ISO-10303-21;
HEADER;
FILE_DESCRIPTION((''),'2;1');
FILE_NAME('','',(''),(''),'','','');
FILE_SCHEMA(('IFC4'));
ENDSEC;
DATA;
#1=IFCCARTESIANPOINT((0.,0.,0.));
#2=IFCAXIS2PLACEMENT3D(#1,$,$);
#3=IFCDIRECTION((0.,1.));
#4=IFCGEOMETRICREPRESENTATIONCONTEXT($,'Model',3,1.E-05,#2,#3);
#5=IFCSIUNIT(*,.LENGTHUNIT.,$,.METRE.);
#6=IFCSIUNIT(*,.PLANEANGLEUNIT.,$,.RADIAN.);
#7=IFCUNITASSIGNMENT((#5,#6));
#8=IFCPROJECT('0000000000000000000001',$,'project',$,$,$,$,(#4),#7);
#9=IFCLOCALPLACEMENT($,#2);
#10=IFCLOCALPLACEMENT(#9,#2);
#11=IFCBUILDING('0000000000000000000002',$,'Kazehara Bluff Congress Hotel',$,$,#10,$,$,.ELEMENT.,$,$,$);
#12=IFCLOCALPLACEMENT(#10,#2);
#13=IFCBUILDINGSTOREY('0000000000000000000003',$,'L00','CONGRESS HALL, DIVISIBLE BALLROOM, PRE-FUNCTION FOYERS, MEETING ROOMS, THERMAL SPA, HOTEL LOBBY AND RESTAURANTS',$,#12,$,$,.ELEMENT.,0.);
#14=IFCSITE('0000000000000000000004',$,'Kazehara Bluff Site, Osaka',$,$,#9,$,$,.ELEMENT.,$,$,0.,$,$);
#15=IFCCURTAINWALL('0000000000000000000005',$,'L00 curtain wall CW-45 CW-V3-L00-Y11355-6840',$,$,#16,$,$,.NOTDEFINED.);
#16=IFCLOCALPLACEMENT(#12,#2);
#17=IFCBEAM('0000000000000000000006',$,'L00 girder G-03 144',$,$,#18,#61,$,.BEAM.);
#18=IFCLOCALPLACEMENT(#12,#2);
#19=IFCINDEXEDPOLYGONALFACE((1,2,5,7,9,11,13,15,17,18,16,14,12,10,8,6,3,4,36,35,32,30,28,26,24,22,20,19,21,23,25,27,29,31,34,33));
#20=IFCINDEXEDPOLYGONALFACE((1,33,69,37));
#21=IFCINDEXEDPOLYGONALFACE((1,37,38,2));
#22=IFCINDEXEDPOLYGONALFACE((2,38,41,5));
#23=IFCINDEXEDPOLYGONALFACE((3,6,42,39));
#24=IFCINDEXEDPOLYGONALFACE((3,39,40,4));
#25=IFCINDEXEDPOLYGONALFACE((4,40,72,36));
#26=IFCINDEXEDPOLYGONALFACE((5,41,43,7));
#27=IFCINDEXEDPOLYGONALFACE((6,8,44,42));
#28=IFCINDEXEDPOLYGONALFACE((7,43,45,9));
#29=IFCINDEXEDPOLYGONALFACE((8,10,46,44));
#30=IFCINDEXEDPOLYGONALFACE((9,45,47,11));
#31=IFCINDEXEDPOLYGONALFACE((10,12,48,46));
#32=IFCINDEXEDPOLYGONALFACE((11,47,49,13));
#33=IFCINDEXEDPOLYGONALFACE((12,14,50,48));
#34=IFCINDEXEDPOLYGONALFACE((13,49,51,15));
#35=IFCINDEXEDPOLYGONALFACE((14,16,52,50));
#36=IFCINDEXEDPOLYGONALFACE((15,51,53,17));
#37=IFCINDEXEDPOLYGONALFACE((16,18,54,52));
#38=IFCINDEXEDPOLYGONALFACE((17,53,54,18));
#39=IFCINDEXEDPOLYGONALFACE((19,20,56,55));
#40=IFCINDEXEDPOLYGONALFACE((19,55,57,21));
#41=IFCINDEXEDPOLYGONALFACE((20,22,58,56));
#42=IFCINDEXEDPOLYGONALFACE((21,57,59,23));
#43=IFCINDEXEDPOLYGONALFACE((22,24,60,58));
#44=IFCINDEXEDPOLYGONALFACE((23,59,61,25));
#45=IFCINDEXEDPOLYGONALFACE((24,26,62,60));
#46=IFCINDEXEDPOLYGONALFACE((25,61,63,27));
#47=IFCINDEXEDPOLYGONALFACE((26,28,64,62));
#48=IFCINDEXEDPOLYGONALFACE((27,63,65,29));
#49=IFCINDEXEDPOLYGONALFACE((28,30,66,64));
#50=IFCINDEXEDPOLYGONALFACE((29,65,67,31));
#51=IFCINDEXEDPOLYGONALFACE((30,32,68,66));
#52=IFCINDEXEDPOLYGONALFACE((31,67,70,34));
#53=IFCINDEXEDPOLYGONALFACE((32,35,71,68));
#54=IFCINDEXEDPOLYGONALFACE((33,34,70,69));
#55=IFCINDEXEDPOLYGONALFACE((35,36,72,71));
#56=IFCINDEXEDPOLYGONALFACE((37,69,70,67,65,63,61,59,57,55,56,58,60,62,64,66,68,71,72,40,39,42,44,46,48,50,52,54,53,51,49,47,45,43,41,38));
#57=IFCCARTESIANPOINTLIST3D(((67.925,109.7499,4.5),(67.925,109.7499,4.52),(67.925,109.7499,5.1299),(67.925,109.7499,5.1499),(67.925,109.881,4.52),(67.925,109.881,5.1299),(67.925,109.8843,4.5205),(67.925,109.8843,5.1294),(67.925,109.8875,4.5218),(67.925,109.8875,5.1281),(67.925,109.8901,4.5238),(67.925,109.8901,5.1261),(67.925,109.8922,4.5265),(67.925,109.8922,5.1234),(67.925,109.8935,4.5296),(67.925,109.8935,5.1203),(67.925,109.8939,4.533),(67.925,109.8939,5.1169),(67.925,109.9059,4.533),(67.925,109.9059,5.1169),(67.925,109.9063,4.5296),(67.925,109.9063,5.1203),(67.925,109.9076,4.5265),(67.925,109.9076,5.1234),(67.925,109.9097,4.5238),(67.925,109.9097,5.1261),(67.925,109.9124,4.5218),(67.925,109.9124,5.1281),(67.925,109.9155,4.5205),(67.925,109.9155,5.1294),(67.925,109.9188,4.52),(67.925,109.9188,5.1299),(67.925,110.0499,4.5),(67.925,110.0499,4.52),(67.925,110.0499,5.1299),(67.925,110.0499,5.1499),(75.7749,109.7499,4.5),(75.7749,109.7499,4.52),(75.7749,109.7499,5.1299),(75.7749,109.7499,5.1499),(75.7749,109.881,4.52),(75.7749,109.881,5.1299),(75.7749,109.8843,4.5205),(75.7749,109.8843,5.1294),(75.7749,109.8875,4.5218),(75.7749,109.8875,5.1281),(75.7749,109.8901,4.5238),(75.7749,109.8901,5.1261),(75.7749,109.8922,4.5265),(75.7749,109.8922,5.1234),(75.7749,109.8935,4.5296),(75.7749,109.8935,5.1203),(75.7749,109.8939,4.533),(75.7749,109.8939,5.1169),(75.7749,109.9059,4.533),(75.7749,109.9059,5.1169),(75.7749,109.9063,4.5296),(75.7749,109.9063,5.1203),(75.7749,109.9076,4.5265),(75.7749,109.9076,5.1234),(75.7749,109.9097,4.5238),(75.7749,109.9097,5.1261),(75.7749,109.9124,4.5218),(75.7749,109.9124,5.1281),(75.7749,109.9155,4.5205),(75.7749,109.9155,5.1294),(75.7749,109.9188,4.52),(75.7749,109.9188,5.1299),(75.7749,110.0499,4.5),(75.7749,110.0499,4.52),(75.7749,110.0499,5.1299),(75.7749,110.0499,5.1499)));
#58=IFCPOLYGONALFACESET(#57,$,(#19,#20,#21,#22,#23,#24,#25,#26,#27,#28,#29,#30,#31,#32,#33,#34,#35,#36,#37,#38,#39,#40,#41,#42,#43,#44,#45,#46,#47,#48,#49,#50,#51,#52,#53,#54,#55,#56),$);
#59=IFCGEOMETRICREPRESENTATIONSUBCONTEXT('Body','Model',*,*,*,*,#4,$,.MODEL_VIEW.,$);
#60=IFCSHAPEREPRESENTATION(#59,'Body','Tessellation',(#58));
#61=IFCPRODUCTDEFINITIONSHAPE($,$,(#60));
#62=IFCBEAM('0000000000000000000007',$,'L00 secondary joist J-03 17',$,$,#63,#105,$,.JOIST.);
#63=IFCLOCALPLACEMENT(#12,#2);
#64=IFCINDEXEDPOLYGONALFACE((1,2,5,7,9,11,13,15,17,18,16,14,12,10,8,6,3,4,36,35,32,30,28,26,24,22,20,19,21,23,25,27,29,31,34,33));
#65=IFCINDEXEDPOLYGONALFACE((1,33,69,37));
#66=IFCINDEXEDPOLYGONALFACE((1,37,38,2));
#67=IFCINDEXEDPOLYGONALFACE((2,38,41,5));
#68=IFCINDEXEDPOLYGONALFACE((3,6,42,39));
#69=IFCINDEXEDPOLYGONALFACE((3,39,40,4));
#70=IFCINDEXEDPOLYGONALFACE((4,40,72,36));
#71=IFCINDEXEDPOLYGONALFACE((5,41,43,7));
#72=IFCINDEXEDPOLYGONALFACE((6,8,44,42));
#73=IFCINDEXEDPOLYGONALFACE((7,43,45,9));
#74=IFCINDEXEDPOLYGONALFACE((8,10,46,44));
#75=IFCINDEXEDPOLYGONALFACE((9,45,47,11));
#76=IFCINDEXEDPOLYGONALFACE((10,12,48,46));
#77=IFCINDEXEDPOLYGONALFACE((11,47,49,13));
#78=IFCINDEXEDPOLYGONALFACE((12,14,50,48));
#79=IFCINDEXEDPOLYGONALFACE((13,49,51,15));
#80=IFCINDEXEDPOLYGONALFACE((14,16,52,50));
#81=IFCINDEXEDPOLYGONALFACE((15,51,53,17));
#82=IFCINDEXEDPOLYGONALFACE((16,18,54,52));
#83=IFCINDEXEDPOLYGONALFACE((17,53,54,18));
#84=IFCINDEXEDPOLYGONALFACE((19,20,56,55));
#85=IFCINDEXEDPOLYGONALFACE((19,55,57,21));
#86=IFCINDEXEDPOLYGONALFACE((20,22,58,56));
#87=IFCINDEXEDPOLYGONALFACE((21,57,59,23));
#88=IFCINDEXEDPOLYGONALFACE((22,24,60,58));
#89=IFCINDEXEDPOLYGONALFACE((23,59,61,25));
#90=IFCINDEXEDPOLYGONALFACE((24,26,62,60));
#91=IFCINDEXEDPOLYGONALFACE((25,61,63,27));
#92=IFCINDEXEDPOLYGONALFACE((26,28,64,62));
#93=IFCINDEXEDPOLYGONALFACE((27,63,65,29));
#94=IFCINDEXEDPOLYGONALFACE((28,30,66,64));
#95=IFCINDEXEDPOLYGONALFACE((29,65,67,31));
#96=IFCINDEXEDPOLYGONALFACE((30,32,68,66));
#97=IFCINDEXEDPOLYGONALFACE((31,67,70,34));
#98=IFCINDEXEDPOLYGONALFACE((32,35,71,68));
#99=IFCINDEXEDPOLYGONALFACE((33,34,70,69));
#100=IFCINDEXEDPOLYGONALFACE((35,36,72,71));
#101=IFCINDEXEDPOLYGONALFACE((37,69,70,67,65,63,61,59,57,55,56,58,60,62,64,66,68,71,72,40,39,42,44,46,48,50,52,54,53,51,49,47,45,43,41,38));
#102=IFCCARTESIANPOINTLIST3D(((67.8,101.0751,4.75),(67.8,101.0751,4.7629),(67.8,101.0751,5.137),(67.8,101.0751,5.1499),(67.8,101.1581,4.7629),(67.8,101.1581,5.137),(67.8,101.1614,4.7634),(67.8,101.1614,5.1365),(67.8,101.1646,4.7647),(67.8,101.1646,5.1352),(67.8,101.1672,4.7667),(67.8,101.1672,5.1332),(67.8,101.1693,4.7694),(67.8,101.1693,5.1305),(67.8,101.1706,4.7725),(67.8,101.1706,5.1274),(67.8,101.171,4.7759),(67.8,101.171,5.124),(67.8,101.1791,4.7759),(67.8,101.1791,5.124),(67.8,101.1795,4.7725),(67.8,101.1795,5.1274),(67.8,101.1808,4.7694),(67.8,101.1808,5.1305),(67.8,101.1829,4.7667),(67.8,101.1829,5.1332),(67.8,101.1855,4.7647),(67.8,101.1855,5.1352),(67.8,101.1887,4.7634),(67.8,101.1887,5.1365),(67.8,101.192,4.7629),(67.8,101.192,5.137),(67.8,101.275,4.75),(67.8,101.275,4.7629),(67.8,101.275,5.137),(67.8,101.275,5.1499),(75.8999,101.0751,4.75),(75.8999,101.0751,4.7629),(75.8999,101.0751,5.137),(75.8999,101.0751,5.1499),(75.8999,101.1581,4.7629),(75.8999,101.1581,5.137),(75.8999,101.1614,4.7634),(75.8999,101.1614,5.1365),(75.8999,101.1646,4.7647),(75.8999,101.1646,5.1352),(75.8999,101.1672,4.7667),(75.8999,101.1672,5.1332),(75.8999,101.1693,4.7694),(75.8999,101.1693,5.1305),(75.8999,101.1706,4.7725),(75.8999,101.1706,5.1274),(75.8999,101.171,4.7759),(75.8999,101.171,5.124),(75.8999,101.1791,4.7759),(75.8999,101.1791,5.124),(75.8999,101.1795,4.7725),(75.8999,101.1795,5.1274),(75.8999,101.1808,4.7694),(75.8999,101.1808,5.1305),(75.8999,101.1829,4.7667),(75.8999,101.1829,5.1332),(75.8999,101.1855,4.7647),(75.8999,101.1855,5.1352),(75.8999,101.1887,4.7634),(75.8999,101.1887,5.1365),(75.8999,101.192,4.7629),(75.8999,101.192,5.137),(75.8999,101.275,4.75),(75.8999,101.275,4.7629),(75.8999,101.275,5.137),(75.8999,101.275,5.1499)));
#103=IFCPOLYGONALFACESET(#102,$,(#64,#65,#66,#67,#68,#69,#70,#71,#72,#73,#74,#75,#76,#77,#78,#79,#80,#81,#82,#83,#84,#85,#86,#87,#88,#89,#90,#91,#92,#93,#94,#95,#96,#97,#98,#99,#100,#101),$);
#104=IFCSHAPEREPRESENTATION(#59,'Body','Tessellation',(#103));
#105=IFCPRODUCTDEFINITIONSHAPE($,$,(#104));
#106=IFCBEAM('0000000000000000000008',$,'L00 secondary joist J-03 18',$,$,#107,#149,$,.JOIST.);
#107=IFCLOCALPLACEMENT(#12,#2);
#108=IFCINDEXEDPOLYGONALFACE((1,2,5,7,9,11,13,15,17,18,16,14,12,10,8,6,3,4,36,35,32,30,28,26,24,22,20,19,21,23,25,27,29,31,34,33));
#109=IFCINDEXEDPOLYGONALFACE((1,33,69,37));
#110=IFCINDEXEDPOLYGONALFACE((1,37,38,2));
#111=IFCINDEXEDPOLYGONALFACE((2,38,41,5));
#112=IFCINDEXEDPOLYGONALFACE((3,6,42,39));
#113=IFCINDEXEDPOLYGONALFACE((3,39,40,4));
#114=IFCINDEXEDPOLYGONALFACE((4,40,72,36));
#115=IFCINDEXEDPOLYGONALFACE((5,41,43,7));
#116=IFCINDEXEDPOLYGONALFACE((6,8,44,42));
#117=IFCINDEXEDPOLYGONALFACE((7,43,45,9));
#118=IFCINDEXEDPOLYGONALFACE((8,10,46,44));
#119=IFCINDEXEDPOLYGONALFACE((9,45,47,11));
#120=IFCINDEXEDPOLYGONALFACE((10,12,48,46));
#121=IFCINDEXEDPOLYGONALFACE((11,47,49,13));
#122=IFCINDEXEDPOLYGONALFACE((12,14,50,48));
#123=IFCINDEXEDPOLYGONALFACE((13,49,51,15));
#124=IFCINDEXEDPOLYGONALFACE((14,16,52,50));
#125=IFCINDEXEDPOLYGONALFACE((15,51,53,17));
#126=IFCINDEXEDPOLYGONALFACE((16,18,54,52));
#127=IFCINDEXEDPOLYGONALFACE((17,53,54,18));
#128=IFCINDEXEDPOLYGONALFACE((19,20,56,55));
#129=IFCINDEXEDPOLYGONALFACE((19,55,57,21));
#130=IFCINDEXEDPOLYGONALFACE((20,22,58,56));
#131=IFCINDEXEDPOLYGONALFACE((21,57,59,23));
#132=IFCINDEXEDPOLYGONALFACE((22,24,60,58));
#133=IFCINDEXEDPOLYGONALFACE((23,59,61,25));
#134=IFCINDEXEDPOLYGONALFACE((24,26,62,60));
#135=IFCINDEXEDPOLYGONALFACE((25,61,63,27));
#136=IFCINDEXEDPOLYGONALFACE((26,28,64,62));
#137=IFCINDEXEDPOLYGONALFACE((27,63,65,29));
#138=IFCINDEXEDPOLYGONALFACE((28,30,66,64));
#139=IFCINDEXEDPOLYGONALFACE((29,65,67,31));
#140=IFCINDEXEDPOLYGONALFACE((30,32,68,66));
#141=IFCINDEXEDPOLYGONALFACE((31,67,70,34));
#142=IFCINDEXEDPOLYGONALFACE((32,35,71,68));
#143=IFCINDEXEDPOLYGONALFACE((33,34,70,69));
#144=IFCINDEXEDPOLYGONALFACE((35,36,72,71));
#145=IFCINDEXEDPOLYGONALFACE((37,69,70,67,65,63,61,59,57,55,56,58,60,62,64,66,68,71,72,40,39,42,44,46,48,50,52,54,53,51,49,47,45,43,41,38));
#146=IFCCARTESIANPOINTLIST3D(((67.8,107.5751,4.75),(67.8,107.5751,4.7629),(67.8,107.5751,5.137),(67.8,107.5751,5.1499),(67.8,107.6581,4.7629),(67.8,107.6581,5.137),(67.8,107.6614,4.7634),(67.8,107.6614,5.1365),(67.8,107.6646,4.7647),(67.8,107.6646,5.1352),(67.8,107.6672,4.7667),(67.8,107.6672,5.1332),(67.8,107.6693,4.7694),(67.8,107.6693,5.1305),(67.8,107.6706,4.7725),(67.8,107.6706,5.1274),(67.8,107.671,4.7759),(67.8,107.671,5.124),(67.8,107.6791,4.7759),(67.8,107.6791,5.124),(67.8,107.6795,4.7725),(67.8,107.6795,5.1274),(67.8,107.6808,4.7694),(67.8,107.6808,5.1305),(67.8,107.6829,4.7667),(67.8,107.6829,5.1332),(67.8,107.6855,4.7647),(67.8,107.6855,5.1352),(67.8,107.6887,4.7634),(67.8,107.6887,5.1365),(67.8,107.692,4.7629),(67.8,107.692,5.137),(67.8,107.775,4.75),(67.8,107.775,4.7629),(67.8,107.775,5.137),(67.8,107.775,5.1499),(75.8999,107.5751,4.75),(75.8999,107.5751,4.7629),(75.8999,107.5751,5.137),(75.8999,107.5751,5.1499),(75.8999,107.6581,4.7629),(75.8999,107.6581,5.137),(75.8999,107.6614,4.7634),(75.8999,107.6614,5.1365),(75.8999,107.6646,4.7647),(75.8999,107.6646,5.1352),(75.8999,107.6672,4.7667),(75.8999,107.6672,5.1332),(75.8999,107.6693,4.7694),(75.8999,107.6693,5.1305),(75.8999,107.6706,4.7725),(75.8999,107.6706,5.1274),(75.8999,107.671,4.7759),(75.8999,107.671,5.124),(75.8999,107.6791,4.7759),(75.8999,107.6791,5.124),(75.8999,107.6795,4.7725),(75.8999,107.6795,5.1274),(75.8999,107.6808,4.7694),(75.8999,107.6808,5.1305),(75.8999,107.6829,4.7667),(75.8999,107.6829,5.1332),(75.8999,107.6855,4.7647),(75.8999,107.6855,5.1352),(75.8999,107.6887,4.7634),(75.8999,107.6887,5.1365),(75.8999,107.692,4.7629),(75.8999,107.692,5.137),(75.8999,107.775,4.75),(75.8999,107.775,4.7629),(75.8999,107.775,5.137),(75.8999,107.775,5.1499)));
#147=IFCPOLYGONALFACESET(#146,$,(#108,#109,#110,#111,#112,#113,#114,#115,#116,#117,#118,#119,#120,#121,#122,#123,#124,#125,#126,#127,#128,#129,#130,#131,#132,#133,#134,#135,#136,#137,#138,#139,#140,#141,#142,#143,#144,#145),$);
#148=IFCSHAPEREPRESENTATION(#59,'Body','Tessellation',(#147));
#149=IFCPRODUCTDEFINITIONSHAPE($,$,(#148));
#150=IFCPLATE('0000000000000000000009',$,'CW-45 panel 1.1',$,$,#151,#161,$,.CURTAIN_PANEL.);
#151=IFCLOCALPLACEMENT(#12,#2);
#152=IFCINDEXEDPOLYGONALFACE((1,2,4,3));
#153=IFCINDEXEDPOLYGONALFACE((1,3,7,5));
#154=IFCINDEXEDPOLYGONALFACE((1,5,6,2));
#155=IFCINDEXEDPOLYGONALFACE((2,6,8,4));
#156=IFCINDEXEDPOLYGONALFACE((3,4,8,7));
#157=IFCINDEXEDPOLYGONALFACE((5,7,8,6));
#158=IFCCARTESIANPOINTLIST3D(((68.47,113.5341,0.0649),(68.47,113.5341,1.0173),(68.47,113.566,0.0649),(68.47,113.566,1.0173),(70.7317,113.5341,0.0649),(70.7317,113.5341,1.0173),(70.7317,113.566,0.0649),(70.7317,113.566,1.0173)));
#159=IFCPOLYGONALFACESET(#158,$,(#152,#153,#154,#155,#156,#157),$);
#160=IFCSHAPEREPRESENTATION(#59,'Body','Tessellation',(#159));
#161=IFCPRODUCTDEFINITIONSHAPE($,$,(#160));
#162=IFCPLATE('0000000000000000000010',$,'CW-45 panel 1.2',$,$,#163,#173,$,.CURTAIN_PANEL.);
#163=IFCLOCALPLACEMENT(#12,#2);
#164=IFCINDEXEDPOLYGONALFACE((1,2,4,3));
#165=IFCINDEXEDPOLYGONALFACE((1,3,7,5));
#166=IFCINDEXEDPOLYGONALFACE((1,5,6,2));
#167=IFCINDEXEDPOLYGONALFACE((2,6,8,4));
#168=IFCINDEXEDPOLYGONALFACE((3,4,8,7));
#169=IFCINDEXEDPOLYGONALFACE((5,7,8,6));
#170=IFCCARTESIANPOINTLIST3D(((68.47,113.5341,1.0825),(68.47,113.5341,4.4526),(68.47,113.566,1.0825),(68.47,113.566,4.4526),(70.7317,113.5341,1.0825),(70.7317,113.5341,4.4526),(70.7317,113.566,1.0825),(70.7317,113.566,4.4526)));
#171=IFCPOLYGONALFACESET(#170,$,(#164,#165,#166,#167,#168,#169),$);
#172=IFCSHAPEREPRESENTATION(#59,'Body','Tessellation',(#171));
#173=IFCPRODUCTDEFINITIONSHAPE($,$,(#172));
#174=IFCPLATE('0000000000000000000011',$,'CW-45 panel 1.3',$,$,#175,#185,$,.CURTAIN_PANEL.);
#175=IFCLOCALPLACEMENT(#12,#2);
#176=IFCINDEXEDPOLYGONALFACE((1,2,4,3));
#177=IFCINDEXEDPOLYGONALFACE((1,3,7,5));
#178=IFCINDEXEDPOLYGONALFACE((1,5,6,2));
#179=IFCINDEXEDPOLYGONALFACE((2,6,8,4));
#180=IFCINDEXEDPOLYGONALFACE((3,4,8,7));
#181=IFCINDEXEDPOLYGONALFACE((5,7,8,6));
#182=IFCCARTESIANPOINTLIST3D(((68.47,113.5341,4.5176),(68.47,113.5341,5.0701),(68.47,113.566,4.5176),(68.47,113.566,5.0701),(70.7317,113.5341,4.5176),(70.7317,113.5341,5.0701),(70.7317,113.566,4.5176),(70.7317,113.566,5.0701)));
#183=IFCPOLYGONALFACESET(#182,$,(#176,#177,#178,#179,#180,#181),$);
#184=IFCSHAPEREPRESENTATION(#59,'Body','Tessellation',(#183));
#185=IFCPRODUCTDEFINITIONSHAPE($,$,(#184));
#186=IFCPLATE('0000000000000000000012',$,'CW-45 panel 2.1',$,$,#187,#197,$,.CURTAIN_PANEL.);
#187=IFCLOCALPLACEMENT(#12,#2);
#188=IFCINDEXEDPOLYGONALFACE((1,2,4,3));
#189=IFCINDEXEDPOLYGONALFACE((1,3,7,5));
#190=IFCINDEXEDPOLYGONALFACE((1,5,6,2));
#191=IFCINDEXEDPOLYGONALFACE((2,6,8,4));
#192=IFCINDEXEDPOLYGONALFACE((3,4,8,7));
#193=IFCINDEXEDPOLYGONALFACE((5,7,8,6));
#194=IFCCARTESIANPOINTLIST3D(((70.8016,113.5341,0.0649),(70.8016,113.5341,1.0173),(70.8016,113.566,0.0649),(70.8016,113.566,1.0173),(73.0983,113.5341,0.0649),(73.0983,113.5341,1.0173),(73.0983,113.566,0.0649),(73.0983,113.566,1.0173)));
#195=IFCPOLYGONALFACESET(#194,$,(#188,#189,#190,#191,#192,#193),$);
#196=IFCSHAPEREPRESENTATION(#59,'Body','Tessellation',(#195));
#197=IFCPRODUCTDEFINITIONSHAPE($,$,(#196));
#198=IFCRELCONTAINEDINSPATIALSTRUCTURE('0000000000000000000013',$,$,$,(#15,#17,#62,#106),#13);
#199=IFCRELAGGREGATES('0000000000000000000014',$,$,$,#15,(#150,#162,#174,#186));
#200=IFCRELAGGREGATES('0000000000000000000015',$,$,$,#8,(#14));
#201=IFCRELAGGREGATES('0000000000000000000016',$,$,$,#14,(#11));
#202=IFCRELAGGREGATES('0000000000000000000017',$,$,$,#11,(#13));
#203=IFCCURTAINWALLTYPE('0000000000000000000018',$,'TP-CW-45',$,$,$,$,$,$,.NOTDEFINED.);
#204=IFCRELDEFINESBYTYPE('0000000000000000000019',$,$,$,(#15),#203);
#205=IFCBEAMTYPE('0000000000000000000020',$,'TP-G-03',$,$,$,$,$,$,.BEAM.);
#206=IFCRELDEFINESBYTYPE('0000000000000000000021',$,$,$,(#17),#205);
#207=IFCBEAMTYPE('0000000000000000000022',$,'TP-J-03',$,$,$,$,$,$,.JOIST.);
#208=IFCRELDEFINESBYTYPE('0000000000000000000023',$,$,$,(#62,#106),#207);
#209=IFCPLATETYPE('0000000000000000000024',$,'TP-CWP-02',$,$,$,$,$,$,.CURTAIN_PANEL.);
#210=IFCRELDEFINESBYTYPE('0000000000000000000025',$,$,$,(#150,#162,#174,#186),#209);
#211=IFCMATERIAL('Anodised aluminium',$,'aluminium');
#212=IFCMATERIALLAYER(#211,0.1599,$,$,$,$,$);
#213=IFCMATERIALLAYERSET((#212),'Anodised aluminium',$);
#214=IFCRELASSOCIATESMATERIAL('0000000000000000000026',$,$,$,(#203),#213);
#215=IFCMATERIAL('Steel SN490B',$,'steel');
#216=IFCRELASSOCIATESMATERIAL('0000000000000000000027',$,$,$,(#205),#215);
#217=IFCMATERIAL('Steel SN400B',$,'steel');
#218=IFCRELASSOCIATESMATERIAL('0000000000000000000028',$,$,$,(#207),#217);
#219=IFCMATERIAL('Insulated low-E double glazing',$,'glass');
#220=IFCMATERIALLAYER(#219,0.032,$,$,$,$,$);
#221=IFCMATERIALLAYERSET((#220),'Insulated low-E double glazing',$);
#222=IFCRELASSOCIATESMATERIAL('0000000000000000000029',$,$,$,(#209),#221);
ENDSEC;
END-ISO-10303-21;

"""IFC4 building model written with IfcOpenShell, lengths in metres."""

from ifc_helpers import new_model, si_unit, direction, frame, origin, origin_2d, place, context, subcontext, project, spatial, rectangle, i_section, extrude, material, layer, layer_set, material_profile, profile_set, type_object, element, aggregate, save


model = new_model("IFC4")

# Units and contexts
model_context = context("Model", 3, precision=1e-05, world=origin(), true_north=direction((0.0, 1.0)))
body_context = subcontext(model_context, "Body", "Model", "MODEL_VIEW")
ifc_project = project(units=[si_unit("LENGTHUNIT", "METRE"), si_unit("PLANEANGLEUNIT", "RADIAN")], contexts=[model_context])

# Site, building, storey
site_placement = place(None, origin())
site = spatial("IfcSite", under=ifc_project, at=site_placement, Name="Kazehara Bluff Site, Osaka", CompositionType="ELEMENT", RefElevation=0.0)
building_placement = place(site_placement, origin())
building = spatial("IfcBuilding", under=site, at=building_placement, Name="Kazehara Bluff Congress Hotel", CompositionType="ELEMENT")
storey_placement = place(building_placement, origin())
storey = spatial("IfcBuildingStorey", under=building, at=storey_placement, Name="L00", Description="CONGRESS HALL, DIVISIBLE BALLROOM, PRE-FUNCTION FOYERS, MEETING ROOMS, THERMAL SPA, HOTEL LOBBY AND RESTAURANTS", CompositionType="ELEMENT", Elevation=0.0)

# Curtain wall
ifc_material_1 = material(Name="Anodised aluminium", Category="aluminium")
ifc_layer_1 = layer(ifc_material_1, 0.1599)
ifc_layer_set_1 = layer_set([ifc_layer_1], Name="Anodised aluminium")
curtain_wall_type = type_object("IfcCurtainWallType", Name="TP-CW-45", PredefinedType="NOTDEFINED", material=ifc_layer_set_1)
curtain_wall_placement = place(storey_placement, origin())
curtain_wall = element("IfcCurtainWall", 1, at=curtain_wall_placement, inside=storey, type_object=curtain_wall_type, Name="L00 curtain wall CW-45 CW-V3-L00-Y11355-6840", PredefinedType="NOTDEFINED")

# Beams
ifc_material_2 = material(Name="Steel SN490B", Category="steel")
ifc_material_profile_1 = material_profile(ifc_material_2, i_section(OverallWidth=0.3, OverallDepth=0.6499, WebThickness=0.012, FlangeThickness=0.02, FilletRadius=0.0129, at=origin_2d()))
ifc_profile_set_1 = profile_set([ifc_material_profile_1], Name="Steel SN490B")
beam_type_1 = type_object("IfcBeamType", Name="TP-G-03", PredefinedType="BEAM", material=ifc_profile_set_1)
for number, where, z_axis, x_axis, name in (
    (2, (67.925, 109.8999, 4.825), (1.0, 0.0, 0.0), (0.0, 1.0, 0.0), "L00 girder G-03 144"),
):
    element("IfcBeam", number, at=place(storey_placement, frame(where, z_axis=z_axis, x_axis=x_axis)), inside=storey, type_object=beam_type_1, Name=name, PredefinedType="BEAM", context=body_context, shape_type="SweptSolid", body=[
        extrude(i_section(OverallWidth=0.3, OverallDepth=0.6499, WebThickness=0.012, FlangeThickness=0.02, FilletRadius=0.0129, at=origin_2d()), origin(), (0.0, 0.0, 1.0), 7.8499),
    ])
ifc_material_3 = material(Name="Steel SN400B", Category="steel")
ifc_material_profile_2 = material_profile(ifc_material_3, i_section(OverallWidth=0.2, OverallDepth=0.3999, WebThickness=0.0081, FlangeThickness=0.0129, FilletRadius=0.0129, at=origin_2d()))
ifc_profile_set_2 = profile_set([ifc_material_profile_2], Name="Steel SN400B")
beam_type_2 = type_object("IfcBeamType", Name="TP-J-03", PredefinedType="JOIST", material=ifc_profile_set_2)
for number, where, z_axis, x_axis, name in (
    (3, (67.8, 101.175, 4.95), (1.0, 0.0, 0.0), (0.0, 1.0, 0.0), "L00 secondary joist J-03 17"),
    (4, (67.8, 107.675, 4.95), (1.0, 0.0, 0.0), (0.0, 1.0, 0.0), "L00 secondary joist J-03 18"),
):
    element("IfcBeam", number, at=place(storey_placement, frame(where, z_axis=z_axis, x_axis=x_axis)), inside=storey, type_object=beam_type_2, Name=name, PredefinedType="JOIST", context=body_context, shape_type="SweptSolid", body=[
        extrude(i_section(OverallWidth=0.2, OverallDepth=0.3999, WebThickness=0.0081, FlangeThickness=0.0129, FilletRadius=0.0129, at=origin_2d()), origin(), (0.0, 0.0, 1.0), 8.0999),
    ])

# Plates
ifc_material_4 = material(Name="Insulated low-E double glazing", Category="glass")
ifc_layer_2 = layer(ifc_material_4, 0.032)
ifc_layer_set_2 = layer_set([ifc_layer_2], Name="Insulated low-E double glazing")
plate_type = type_object("IfcPlateType", Name="TP-CWP-02", PredefinedType="CURTAIN_PANEL", material=ifc_layer_set_2)
plate_1_placement = place(storey_placement, frame((69.6008, 113.55, 0.0649), z_axis=(0.0, 0.0, 1.0), x_axis=(1.0, 0.0, 0.0)))
plate_1 = element("IfcPlate", 5, at=plate_1_placement, type_object=plate_type, Name="CW-45 panel 1.1", PredefinedType="CURTAIN_PANEL", context=body_context, shape_type="SweptSolid", body=[
    extrude(rectangle(XDim=2.2617, YDim=0.032, at=origin_2d()), origin(), (0.0, 0.0, 1.0), 0.9524),
])
plate_2_placement = place(storey_placement, frame((69.6008, 113.55, 1.0825), z_axis=(0.0, 0.0, 1.0), x_axis=(1.0, 0.0, 0.0)))
plate_2 = element("IfcPlate", 6, at=plate_2_placement, type_object=plate_type, Name="CW-45 panel 1.2", PredefinedType="CURTAIN_PANEL", context=body_context, shape_type="SweptSolid", body=[
    extrude(rectangle(XDim=2.2617, YDim=0.032, at=origin_2d()), origin(), (0.0, 0.0, 1.0), 3.3701),
])
plate_3_placement = place(storey_placement, frame((69.6008, 113.55, 4.5176), z_axis=(0.0, 0.0, 1.0), x_axis=(1.0, 0.0, 0.0)))
plate_3 = element("IfcPlate", 7, at=plate_3_placement, type_object=plate_type, Name="CW-45 panel 1.3", PredefinedType="CURTAIN_PANEL", context=body_context, shape_type="SweptSolid", body=[
    extrude(rectangle(XDim=2.2617, YDim=0.032, at=origin_2d()), origin(), (0.0, 0.0, 1.0), 0.5525),
])
plate_4_placement = place(storey_placement, frame((71.95, 113.55, 0.0649), z_axis=(0.0, 0.0, 1.0), x_axis=(1.0, 0.0, 0.0)))
plate_4 = element("IfcPlate", 8, at=plate_4_placement, type_object=plate_type, Name="CW-45 panel 2.1", PredefinedType="CURTAIN_PANEL", context=body_context, shape_type="SweptSolid", body=[
    extrude(rectangle(XDim=2.2966, YDim=0.032, at=origin_2d()), origin(), (0.0, 0.0, 1.0), 0.9524),
])
aggregate(curtain_wall, [plate_1, plate_2, plate_3, plate_4])

save(model, "model.ifc")
